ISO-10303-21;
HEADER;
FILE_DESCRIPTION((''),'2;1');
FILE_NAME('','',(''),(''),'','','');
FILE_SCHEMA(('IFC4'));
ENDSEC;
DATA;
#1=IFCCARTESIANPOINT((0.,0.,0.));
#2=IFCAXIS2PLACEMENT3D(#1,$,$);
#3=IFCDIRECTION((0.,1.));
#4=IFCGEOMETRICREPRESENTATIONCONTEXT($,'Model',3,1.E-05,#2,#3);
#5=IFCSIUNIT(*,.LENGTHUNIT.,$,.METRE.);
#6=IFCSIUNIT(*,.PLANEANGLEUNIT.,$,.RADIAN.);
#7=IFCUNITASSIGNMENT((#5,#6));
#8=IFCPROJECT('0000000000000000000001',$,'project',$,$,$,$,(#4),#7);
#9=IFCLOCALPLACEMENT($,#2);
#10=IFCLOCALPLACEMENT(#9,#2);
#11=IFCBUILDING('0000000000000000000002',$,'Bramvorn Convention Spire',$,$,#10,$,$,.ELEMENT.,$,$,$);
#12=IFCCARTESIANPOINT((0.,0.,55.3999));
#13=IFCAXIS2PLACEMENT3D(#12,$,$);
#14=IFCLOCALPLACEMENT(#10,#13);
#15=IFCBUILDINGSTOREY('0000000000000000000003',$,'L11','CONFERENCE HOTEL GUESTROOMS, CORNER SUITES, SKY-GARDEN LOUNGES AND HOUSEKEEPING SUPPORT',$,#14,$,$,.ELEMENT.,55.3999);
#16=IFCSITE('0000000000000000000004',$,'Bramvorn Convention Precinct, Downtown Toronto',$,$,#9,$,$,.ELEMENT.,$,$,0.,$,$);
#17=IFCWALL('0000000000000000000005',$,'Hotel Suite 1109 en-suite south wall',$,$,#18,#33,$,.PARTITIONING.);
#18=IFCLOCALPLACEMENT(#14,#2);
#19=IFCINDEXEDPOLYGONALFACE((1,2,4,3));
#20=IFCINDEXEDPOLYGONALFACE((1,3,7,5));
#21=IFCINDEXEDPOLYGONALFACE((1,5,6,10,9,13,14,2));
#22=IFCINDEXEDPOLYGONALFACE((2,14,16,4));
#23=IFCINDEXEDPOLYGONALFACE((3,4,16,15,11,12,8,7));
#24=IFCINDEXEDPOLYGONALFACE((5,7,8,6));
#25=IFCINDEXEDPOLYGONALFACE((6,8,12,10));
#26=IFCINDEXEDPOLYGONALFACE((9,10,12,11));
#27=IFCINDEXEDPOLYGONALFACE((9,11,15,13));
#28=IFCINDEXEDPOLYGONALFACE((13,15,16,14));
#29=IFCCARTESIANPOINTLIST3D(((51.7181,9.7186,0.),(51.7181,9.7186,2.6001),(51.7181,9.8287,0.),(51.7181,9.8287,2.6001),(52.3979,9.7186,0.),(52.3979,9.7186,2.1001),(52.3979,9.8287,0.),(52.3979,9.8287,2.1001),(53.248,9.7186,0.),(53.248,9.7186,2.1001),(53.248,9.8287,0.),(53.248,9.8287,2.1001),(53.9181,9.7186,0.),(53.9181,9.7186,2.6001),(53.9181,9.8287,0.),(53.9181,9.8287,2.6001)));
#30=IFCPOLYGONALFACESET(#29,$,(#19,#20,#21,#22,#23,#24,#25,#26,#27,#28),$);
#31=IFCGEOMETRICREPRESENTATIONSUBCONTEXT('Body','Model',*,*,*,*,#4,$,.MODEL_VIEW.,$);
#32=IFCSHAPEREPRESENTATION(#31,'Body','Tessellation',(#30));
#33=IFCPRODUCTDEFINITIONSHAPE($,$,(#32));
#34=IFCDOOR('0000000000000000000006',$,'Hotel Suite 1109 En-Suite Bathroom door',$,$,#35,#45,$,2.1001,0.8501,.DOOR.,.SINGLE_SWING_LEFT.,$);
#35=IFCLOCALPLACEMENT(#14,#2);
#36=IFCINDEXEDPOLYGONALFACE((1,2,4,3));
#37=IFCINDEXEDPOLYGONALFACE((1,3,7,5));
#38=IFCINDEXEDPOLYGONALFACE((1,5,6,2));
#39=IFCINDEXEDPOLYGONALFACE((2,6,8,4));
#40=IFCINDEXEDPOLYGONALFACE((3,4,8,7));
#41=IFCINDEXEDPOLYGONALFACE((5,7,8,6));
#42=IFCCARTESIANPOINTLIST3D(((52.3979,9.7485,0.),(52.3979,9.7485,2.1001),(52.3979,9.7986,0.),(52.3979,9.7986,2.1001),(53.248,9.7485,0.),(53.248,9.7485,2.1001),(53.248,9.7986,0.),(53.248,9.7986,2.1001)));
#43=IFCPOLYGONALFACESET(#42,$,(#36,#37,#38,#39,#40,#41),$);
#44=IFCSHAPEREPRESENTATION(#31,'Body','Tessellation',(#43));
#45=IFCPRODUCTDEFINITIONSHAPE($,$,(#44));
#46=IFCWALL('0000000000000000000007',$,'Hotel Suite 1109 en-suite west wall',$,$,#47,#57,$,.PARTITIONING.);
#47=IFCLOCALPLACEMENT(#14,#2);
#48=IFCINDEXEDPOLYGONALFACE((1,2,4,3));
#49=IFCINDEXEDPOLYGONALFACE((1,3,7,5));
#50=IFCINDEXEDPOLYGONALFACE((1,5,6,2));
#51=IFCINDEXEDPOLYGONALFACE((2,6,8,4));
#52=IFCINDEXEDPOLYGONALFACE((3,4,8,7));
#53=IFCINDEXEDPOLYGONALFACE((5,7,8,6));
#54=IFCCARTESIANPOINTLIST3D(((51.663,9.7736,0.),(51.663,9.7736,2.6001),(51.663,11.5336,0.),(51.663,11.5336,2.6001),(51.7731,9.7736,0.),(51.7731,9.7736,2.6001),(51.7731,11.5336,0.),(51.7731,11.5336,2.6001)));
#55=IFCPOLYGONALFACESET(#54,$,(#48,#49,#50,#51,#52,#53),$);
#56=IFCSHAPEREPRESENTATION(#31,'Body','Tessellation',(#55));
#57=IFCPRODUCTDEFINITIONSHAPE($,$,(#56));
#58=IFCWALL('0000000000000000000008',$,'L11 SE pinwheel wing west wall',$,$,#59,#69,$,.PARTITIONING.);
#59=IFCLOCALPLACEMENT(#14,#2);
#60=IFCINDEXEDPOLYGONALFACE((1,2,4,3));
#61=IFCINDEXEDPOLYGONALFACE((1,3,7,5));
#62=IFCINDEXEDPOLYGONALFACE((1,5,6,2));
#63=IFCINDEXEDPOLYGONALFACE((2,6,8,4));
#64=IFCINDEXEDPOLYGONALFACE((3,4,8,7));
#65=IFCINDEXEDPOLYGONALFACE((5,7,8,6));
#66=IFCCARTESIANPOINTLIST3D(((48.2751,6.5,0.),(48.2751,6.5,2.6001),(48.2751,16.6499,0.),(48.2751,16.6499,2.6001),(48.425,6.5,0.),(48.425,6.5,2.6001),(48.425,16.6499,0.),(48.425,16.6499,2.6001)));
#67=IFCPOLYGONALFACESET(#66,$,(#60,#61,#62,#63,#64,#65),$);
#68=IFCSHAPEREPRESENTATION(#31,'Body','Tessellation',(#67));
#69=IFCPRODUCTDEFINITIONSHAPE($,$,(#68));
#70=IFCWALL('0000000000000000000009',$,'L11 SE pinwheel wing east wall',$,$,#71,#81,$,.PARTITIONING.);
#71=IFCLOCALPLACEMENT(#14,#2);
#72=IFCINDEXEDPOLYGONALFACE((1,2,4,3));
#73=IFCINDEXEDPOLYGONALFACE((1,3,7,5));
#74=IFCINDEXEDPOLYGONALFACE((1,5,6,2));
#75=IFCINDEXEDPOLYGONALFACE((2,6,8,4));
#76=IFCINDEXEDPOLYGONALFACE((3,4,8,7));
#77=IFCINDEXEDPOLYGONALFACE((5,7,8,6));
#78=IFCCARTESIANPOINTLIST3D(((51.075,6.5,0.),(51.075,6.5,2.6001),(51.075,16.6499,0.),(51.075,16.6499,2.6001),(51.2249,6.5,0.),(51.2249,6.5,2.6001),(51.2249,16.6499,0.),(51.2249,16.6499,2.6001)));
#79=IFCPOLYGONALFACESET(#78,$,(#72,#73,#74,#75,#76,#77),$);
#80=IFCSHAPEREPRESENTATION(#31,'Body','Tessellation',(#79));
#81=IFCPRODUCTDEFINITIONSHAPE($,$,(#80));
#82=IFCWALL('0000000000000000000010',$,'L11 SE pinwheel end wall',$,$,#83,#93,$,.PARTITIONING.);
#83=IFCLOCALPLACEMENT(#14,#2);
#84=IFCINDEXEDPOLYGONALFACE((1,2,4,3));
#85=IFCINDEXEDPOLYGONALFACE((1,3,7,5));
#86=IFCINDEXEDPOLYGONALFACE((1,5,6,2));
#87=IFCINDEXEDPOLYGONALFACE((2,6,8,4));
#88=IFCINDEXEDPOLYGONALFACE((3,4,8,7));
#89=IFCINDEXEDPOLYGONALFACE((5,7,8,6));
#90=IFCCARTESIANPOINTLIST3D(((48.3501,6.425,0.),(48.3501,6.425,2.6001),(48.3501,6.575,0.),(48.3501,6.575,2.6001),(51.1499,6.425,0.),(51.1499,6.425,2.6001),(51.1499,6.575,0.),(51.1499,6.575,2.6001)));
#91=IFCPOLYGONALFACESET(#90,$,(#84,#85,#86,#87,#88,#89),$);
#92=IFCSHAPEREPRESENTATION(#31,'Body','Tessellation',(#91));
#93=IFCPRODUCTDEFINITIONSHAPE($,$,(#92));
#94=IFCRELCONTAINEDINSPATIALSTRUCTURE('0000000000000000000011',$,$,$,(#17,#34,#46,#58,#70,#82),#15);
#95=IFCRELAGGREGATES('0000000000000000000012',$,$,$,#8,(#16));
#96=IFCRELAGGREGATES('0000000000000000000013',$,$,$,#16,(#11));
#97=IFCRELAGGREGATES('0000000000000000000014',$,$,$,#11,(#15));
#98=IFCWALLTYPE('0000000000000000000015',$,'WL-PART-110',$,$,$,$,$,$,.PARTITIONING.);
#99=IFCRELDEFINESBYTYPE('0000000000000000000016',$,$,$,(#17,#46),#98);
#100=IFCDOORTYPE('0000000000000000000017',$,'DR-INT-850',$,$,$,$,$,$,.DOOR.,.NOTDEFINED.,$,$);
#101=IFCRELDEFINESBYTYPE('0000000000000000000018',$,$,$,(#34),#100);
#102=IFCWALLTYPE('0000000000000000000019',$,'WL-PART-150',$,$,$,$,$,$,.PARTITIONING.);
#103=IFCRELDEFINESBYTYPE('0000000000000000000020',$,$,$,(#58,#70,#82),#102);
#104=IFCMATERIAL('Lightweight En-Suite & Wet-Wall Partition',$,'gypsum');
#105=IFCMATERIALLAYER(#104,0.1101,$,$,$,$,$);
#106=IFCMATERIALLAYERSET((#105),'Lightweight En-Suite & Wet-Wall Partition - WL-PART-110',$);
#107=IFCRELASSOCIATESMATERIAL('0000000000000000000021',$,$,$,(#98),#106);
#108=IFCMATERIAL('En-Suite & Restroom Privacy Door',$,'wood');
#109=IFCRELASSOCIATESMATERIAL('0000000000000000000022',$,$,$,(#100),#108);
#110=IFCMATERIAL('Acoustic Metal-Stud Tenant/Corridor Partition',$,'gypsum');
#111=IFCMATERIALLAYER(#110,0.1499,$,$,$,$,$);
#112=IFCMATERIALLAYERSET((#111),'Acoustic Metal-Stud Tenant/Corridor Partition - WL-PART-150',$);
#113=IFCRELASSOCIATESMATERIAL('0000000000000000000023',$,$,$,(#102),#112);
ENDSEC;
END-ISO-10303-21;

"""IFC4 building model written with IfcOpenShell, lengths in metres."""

from ifc_helpers import new_model, si_unit, direction, frame, frame_2d, origin, place, context, subcontext, project, spatial, rectangle, extrude, material, layer, layer_set, type_object, element, fill, save


model = new_model("IFC4")

# Units and contexts
model_context = context("Model", 3, precision=1e-05, world=origin(), true_north=direction((0.0, 1.0)))
body_context = subcontext(model_context, "Body", "Model", "MODEL_VIEW")
ifc_project = project(units=[si_unit("LENGTHUNIT", "METRE"), si_unit("PLANEANGLEUNIT", "RADIAN")], contexts=[model_context])

# Site, building, storey
site_placement = place(None, origin())
site = spatial("IfcSite", under=ifc_project, at=site_placement, Name="Bramvorn Convention Precinct, Downtown Toronto", CompositionType="ELEMENT", RefElevation=0.0)
building_placement = place(site_placement, origin())
building = spatial("IfcBuilding", under=site, at=building_placement, Name="Bramvorn Convention Spire", CompositionType="ELEMENT")
storey_placement = place(building_placement, frame((0.0, 0.0, 55.3999)))
storey = spatial("IfcBuildingStorey", under=building, at=storey_placement, Name="L11", Description="CONFERENCE HOTEL GUESTROOMS, CORNER SUITES, SKY-GARDEN LOUNGES AND HOUSEKEEPING SUPPORT", CompositionType="ELEMENT", Elevation=55.3999)

# Shared definitions
ifc_material_1 = material(Name="Lightweight En-Suite & Wet-Wall Partition", Category="gypsum")
ifc_layer_1 = layer(ifc_material_1, 0.1101)
ifc_layer_set_1 = layer_set([ifc_layer_1], Name="Lightweight En-Suite & Wet-Wall Partition - WL-PART-110")
wall_type_1 = type_object("IfcWallType", Name="WL-PART-110", PredefinedType="PARTITIONING", material=ifc_layer_set_1)

# Shared definitions
ifc_material_2 = material(Name="En-Suite & Restroom Privacy Door", Category="wood")
door_type = type_object("IfcDoorType", Name="DR-INT-850", OperationType="NOTDEFINED", PredefinedType="DOOR", material=ifc_material_2)

# Wall, opening, door
wall_1_placement = place(storey_placement, frame((51.718, 9.7737, 0.0), z_axis=(0.0, 0.0, 1.0), x_axis=(1.0, 0.0, 0.0)))
wall_1 = element("IfcWall", 1, at=wall_1_placement, inside=storey, type_object=wall_type_1, Name="Hotel Suite 1109 en-suite south wall", PredefinedType="PARTITIONING", context=body_context, shape_type="SweptSolid", body=[
    extrude(rectangle(XDim=2.2, YDim=0.1101, at=frame_2d((1.1001, 0.0))), origin(), (0.0, 0.0, 1.0), 2.6001),
])
opening_1_placement = place(wall_1_placement, frame((0.6799, 0.0, 0.0)))
opening_1 = element("IfcOpeningElement", 2, at=opening_1_placement, cuts=wall_1, PredefinedType="OPENING", context=body_context, shape_type="SweptSolid", body=[
    extrude(rectangle(XDim=0.8501, YDim=2.1001, at=frame_2d((0.425, 1.05))), frame((0.0, 0.0649, 0.0), z_axis=(0.0, -1.0, 0.0), x_axis=(1.0, 0.0, 0.0)), (0.0, 0.0, 1.0), 0.1301),
])
door_1_placement = place(opening_1_placement, origin())
door_1 = element("IfcDoor", 3, at=door_1_placement, inside=storey, type_object=door_type, Name="Hotel Suite 1109 En-Suite Bathroom door", OperationType="SINGLE_SWING_LEFT", OverallHeight=2.1001, OverallWidth=0.8501, PredefinedType="DOOR", context=body_context, shape_type="SweptSolid", body=[
    extrude(rectangle(XDim=0.8501, YDim=2.1001, at=frame_2d((0.425, 1.05))), frame((0.0, 0.0249, 0.0), z_axis=(0.0, -1.0, 0.0), x_axis=(1.0, 0.0, 0.0)), (0.0, 0.0, 1.0), 0.05),
])
fill(opening_1, door_1)

# Walls
wall_2_placement = place(storey_placement, frame((51.718, 9.7737, 0.0), z_axis=(0.0, 0.0, 1.0), x_axis=(0.0, 1.0, 0.0)))
element("IfcWall", 4, at=wall_2_placement, inside=storey, type_object=wall_type_1, Name="Hotel Suite 1109 en-suite west wall", PredefinedType="PARTITIONING", context=body_context, shape_type="SweptSolid", body=[
    extrude(rectangle(XDim=1.76, YDim=0.1101, at=frame_2d((0.8799, 0.0))), origin(), (0.0, 0.0, 1.0), 2.6001),
])
ifc_material_3 = material(Name="Acoustic Metal-Stud Tenant/Corridor Partition", Category="gypsum")
ifc_layer_2 = layer(ifc_material_3, 0.1499)
ifc_layer_set_2 = layer_set([ifc_layer_2], Name="Acoustic Metal-Stud Tenant/Corridor Partition - WL-PART-150")
wall_type_2 = type_object("IfcWallType", Name="WL-PART-150", PredefinedType="PARTITIONING", material=ifc_layer_set_2)
for number, where, z_axis, x_axis, name in (
    (5, (48.3501, 6.5, 0.0), (0.0, 0.0, 1.0), (0.0, 1.0, 0.0), "L11 SE pinwheel wing west wall"),
    (6, (51.1499, 6.5, 0.0), (0.0, 0.0, 1.0), (0.0, 1.0, 0.0), "L11 SE pinwheel wing east wall"),
):
    element("IfcWall", number, at=place(storey_placement, frame(where, z_axis=z_axis, x_axis=x_axis)), inside=storey, type_object=wall_type_2, Name=name, PredefinedType="PARTITIONING", context=body_context, shape_type="SweptSolid", body=[
        extrude(rectangle(XDim=10.1499, YDim=0.1499, at=frame_2d((5.075, 0.0))), origin(), (0.0, 0.0, 1.0), 2.6001),
    ])
wall_3_placement = place(storey_placement, frame((48.3501, 6.5, 0.0), z_axis=(0.0, 0.0, 1.0), x_axis=(1.0, 0.0, 0.0)))
element("IfcWall", 7, at=wall_3_placement, inside=storey, type_object=wall_type_2, Name="L11 SE pinwheel end wall", PredefinedType="PARTITIONING", context=body_context, shape_type="SweptSolid", body=[
    extrude(rectangle(XDim=2.7998, YDim=0.1499, at=frame_2d((1.3999, 0.0))), origin(), (0.0, 0.0, 1.0), 2.6001),
])

save(model, "model.ifc")
